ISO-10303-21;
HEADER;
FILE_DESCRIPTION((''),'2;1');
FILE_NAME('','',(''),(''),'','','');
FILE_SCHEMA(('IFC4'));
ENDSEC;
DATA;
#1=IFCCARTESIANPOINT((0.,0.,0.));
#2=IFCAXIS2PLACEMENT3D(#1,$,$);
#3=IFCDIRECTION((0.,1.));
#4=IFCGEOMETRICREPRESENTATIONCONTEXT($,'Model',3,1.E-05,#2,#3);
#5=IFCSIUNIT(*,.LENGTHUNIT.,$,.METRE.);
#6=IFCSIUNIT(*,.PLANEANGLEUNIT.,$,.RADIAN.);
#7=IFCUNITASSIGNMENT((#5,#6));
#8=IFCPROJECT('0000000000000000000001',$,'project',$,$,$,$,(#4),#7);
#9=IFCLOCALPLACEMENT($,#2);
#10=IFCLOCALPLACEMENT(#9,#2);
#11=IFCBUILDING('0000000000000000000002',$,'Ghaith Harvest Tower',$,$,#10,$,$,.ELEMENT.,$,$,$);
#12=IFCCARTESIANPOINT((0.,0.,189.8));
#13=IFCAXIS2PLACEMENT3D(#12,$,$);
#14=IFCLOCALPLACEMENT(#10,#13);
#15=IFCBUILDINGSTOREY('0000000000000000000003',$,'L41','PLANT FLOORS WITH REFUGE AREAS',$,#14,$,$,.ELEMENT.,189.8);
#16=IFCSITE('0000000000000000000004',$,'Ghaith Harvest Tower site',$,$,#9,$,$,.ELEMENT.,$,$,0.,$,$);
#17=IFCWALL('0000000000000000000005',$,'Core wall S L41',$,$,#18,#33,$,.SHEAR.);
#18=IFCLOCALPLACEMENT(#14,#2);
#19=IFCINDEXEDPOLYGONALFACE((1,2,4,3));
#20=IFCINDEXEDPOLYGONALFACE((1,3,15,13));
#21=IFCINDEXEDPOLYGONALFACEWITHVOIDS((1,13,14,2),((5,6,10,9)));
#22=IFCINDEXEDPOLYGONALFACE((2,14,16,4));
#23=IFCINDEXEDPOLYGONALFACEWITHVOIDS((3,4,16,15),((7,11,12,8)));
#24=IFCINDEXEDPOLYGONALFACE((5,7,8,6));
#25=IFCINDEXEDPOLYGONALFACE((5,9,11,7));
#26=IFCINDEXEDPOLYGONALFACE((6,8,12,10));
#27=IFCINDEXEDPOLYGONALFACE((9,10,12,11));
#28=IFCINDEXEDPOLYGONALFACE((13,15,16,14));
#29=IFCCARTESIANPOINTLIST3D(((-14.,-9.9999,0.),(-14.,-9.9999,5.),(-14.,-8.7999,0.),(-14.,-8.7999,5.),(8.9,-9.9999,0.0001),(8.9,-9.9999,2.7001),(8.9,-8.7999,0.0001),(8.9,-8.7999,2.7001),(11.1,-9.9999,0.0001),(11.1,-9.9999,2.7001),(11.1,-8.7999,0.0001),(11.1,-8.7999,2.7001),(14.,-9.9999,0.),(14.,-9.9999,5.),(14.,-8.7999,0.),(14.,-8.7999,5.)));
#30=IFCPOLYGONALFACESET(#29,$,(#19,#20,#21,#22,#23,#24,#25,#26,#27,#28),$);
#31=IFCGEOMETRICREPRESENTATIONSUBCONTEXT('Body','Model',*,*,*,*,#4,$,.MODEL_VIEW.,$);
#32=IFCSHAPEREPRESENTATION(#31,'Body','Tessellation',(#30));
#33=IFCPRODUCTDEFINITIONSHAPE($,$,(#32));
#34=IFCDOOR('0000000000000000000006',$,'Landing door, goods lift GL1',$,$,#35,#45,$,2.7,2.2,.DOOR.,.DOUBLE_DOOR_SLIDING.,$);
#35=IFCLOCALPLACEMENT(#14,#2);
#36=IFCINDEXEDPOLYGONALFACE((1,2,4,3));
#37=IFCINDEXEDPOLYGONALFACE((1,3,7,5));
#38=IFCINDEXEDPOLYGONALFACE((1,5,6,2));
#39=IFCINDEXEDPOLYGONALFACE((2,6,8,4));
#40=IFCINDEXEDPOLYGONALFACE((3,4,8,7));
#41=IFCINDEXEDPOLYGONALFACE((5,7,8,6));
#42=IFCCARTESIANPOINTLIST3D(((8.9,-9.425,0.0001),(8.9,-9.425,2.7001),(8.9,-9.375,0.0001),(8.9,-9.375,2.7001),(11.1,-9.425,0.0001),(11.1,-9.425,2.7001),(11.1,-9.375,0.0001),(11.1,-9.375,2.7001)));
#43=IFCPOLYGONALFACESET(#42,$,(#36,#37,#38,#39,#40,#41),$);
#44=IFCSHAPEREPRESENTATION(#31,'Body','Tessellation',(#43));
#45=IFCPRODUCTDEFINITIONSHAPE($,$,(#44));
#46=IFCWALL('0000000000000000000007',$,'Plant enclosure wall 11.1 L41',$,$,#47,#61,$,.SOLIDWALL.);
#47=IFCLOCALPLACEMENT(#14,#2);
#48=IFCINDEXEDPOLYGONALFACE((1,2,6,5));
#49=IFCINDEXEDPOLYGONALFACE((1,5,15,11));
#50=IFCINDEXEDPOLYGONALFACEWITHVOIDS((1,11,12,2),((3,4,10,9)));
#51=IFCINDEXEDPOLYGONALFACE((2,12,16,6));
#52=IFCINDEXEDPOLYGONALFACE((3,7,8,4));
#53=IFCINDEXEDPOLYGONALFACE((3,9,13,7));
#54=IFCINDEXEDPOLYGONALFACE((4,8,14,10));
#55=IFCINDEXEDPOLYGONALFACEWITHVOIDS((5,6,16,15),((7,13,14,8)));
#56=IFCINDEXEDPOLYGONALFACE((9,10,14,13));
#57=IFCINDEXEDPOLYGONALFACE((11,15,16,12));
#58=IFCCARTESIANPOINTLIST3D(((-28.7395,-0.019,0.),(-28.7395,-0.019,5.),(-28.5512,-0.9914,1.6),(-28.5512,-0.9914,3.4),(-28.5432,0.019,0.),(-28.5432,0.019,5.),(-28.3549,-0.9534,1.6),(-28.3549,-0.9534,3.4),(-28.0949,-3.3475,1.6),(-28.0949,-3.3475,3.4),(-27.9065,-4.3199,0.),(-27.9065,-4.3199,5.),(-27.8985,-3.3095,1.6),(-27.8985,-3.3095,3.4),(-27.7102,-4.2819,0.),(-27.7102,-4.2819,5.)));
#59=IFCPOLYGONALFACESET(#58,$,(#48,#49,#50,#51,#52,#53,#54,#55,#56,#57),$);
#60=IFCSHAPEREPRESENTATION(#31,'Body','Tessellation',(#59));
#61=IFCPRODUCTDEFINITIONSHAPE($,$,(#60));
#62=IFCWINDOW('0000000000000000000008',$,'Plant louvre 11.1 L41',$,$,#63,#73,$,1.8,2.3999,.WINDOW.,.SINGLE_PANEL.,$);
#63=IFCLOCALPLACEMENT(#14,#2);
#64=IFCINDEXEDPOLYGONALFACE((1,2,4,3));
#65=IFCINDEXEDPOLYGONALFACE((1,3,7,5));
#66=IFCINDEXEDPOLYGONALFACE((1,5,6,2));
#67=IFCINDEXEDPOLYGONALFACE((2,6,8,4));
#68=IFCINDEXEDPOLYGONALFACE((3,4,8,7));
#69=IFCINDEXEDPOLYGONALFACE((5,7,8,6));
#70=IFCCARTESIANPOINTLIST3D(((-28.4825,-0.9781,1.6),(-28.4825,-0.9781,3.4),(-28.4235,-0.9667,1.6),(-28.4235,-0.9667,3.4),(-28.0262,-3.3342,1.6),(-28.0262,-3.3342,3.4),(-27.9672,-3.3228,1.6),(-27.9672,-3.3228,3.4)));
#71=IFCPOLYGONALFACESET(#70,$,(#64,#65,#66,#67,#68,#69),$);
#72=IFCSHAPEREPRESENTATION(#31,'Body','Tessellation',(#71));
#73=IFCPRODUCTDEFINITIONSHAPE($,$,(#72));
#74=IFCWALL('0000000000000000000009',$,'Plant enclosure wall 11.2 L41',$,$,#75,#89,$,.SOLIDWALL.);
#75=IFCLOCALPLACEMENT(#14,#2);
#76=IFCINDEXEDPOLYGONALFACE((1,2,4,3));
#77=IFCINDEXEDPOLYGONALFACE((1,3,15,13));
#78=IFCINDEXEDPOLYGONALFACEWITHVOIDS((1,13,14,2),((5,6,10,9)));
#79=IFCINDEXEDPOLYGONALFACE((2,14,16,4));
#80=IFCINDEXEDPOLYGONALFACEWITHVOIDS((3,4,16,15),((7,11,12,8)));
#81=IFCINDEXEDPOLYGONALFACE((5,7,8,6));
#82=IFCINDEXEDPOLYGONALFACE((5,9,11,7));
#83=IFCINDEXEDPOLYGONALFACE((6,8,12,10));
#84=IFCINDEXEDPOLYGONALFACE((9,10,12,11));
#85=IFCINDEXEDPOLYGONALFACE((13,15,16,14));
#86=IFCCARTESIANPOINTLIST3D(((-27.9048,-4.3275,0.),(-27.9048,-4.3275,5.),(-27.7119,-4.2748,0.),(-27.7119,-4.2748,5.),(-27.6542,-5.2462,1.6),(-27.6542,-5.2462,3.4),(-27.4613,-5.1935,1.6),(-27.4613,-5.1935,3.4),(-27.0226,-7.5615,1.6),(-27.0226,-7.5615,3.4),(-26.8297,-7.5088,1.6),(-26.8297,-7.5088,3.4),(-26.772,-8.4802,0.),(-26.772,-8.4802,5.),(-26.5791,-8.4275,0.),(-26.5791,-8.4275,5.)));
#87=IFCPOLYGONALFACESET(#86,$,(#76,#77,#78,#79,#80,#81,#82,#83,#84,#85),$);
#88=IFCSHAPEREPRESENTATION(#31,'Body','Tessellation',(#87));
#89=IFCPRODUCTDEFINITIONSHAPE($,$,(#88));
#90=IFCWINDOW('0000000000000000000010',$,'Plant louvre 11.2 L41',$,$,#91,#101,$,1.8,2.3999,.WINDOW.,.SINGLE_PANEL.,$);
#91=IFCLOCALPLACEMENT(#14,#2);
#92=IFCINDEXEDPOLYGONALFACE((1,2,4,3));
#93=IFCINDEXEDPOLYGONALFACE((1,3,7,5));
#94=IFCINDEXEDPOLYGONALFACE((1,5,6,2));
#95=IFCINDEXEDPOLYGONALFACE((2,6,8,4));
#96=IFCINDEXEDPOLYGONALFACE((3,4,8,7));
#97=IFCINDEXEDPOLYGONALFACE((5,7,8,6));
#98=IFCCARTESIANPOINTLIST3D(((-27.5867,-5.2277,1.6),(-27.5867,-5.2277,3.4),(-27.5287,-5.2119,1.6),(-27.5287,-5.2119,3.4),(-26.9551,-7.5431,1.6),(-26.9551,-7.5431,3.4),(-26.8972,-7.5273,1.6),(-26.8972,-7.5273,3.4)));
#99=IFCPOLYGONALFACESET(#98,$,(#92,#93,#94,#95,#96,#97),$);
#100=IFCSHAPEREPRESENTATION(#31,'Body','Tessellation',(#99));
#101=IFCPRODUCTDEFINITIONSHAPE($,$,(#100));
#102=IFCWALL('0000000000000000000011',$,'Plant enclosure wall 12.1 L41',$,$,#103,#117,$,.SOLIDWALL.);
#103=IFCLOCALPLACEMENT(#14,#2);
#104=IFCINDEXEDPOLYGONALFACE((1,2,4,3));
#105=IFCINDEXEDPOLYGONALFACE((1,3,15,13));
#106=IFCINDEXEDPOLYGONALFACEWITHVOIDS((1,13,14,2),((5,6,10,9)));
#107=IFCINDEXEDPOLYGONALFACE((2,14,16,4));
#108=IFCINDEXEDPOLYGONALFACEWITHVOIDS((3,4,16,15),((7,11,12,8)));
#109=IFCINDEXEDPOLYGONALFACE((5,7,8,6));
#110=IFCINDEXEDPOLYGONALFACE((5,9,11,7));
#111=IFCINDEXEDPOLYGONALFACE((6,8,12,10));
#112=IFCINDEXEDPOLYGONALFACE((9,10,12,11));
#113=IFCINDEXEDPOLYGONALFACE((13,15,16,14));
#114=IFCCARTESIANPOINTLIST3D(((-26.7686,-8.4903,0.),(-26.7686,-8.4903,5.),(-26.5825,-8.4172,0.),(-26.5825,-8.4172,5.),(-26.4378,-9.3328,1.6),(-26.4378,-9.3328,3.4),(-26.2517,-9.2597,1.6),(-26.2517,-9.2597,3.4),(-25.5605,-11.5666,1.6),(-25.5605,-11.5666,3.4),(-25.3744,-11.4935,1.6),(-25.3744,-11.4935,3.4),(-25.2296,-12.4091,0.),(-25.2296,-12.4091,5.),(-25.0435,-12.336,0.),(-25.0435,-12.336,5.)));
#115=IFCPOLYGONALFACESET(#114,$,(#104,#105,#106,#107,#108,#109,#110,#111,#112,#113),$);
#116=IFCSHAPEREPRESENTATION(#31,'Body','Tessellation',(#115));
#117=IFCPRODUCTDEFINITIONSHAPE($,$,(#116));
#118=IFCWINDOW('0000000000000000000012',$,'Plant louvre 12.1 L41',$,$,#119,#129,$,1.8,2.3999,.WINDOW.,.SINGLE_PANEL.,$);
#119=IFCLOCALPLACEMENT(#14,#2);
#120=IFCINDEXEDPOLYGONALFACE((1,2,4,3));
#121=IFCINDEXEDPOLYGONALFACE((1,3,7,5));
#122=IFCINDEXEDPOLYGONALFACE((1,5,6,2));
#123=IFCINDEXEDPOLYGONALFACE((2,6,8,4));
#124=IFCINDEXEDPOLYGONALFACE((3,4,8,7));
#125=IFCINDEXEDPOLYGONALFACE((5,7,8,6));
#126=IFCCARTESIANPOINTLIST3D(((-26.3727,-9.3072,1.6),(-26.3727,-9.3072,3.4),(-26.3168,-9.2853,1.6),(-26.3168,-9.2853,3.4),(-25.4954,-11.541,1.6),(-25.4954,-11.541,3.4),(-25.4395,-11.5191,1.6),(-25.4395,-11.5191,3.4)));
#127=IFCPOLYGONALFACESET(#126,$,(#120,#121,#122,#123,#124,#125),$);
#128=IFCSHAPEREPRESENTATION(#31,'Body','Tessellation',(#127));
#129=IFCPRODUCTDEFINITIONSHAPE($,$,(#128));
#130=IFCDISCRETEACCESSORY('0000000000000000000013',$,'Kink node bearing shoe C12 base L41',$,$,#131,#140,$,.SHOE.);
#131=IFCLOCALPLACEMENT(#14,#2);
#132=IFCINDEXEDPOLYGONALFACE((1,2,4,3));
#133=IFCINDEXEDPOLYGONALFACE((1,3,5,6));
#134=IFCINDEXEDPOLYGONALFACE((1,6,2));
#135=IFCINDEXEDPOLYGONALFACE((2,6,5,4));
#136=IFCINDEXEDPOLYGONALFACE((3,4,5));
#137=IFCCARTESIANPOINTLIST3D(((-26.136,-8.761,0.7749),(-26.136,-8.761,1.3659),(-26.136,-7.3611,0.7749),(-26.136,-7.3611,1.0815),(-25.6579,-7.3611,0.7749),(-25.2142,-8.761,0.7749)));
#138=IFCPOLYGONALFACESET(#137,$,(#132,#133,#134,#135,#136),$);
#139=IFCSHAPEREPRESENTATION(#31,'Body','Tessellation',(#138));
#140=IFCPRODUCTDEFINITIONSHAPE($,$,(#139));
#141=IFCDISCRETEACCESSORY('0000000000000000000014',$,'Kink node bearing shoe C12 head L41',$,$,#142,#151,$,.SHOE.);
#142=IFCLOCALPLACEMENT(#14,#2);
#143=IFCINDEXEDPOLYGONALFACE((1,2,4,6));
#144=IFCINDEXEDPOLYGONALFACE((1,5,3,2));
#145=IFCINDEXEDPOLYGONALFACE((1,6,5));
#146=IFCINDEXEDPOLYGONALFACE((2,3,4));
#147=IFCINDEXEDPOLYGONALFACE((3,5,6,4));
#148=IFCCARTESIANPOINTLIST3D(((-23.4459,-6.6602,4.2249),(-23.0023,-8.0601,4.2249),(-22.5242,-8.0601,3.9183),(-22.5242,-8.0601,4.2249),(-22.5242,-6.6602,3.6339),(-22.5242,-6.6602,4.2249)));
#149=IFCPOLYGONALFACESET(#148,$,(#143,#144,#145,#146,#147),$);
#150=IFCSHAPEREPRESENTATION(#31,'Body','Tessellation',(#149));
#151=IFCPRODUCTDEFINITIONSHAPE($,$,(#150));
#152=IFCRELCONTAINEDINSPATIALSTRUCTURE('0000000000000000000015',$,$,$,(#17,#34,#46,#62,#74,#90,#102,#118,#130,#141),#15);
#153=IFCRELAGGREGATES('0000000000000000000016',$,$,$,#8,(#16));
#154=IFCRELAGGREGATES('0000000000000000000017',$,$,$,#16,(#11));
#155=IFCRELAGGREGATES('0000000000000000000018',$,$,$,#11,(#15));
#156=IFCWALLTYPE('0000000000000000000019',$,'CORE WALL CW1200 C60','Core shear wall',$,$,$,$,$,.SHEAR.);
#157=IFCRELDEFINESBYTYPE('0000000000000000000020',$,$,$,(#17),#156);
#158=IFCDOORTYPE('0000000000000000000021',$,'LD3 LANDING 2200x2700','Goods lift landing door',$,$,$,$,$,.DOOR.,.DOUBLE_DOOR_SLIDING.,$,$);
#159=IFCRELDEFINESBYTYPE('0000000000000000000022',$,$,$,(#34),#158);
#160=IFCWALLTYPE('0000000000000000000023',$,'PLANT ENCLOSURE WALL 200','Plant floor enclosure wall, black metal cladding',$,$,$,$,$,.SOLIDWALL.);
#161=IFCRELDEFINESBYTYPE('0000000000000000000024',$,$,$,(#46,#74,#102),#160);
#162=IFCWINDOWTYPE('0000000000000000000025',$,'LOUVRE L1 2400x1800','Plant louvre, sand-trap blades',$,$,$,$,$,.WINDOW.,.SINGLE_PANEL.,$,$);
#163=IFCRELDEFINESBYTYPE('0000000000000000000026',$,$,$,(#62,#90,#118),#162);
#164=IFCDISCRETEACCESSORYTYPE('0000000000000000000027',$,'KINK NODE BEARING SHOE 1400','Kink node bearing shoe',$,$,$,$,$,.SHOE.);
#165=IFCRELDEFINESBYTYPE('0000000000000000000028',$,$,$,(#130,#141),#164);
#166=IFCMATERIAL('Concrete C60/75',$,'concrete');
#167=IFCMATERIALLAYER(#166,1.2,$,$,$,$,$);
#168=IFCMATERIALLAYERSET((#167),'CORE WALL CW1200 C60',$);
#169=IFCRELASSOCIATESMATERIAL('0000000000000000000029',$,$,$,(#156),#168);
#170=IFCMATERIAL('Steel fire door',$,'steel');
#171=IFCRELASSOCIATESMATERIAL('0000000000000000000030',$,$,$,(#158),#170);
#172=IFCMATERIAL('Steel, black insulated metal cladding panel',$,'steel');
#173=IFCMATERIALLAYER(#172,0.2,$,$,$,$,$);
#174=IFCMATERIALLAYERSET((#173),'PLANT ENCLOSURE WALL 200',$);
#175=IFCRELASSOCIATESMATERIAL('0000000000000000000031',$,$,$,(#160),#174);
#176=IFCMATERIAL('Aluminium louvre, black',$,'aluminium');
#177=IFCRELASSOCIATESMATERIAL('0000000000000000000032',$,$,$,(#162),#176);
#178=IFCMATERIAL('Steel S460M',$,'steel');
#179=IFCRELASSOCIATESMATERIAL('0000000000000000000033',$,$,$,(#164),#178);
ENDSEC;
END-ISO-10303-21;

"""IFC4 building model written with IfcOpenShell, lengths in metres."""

from ifc_helpers import new_model, si_unit, direction, frame, frame_2d, origin, origin_2d, place, context, subcontext, project, spatial, rectangle, extrude, clip, halfspace, material, layer, layer_set, material_profile, profile_set, type_object, element, fill, save


model = new_model("IFC4")

# Units and contexts
model_context = context("Model", 3, precision=1e-05, world=origin(), true_north=direction((0.0, 1.0)))
body_context = subcontext(model_context, "Body", "Model", "MODEL_VIEW")
ifc_project = project(units=[si_unit("LENGTHUNIT", "METRE"), si_unit("PLANEANGLEUNIT", "RADIAN")], contexts=[model_context])

# Site, building, storey
site_placement = place(None, origin())
site = spatial("IfcSite", under=ifc_project, at=site_placement, Name="Ghaith Harvest Tower site", CompositionType="ELEMENT", RefElevation=0.0)
building_placement = place(site_placement, origin())
building = spatial("IfcBuilding", under=site, at=building_placement, Name="Ghaith Harvest Tower", CompositionType="ELEMENT")
storey_placement = place(building_placement, frame((0.0, 0.0, 189.8)))
storey = spatial("IfcBuildingStorey", under=building, at=storey_placement, Name="L41", Description="PLANT FLOORS WITH REFUGE AREAS", CompositionType="ELEMENT", Elevation=189.8)

# Wall, opening, door
ifc_material_1 = material(Name="Concrete C60/75", Category="concrete")
ifc_layer_1 = layer(ifc_material_1, 1.2)
ifc_layer_set_1 = layer_set([ifc_layer_1], Name="CORE WALL CW1200 C60")
wall_type_1 = type_object("IfcWallType", Name="CORE WALL CW1200 C60", Description="Core shear wall", PredefinedType="SHEAR", material=ifc_layer_set_1)
wall_1_placement = place(storey_placement, frame((-14.0, -9.3999, 0.0), z_axis=(0.0, 0.0, 1.0), x_axis=(1.0, 0.0, 0.0)))
wall_1 = element("IfcWall", 1, at=wall_1_placement, inside=storey, type_object=wall_type_1, Name="Core wall S L41", PredefinedType="SHEAR", context=body_context, shape_type="SweptSolid", body=[
    extrude(rectangle(XDim=28.0, YDim=1.2, at=frame_2d((14.0, 0.0))), origin(), (0.0, 0.0, 1.0), 5.0),
])
opening_1_placement = place(wall_1_placement, frame((22.8999, 0.0, 0.0)))
opening_1 = element("IfcOpeningElement", 2, at=opening_1_placement, cuts=wall_1, PredefinedType="OPENING", context=body_context, shape_type="SweptSolid", body=[
    extrude(rectangle(XDim=2.2, YDim=2.7, at=frame_2d((1.1001, 1.3501))), frame((0.0, 0.6099, 0.0), z_axis=(0.0, -1.0, 0.0), x_axis=(1.0, 0.0, 0.0)), (0.0, 0.0, 1.0), 1.22),
])
ifc_material_2 = material(Name="Steel fire door", Category="steel")
door_type = type_object("IfcDoorType", Name="LD3 LANDING 2200x2700", Description="Goods lift landing door", OperationType="DOUBLE_DOOR_SLIDING", PredefinedType="DOOR", material=ifc_material_2)
door_placement = place(opening_1_placement, origin())
door = element("IfcDoor", 3, at=door_placement, inside=storey, type_object=door_type, Name="Landing door, goods lift GL1", OperationType="DOUBLE_DOOR_SLIDING", OverallHeight=2.7, OverallWidth=2.2, PredefinedType="DOOR", context=body_context, shape_type="SweptSolid", body=[
    extrude(rectangle(XDim=2.2, YDim=2.7, at=frame_2d((1.1001, 1.3501))), frame((0.0, 0.0249, 0.0), z_axis=(0.0, -1.0, 0.0), x_axis=(1.0, 0.0, 0.0)), (0.0, 0.0, 1.0), 0.05),
])
fill(opening_1, door)

# Walls, openings, windows
ifc_material_3 = material(Name="Steel, black insulated metal cladding panel", Category="steel")
ifc_layer_2 = layer(ifc_material_3, 0.2)
ifc_layer_set_2 = layer_set([ifc_layer_2], Name="PLANT ENCLOSURE WALL 200")
wall_type_2 = type_object("IfcWallType", Name="PLANT ENCLOSURE WALL 200", Description="Plant floor enclosure wall, black metal cladding", PredefinedType="SOLIDWALL", material=ifc_layer_set_2)
wall_2_placement = place(storey_placement, frame((-28.6414, 0.0, 0.0), z_axis=(0.0, 0.0, 1.0), x_axis=(0.190143, -0.981756, 0.0)))
wall_2 = element("IfcWall", 4, at=wall_2_placement, inside=storey, type_object=wall_type_2, Name="Plant enclosure wall 11.1 L41", PredefinedType="SOLIDWALL", context=body_context, shape_type="SweptSolid", body=[
    extrude(rectangle(XDim=4.3809, YDim=0.2, at=frame_2d((2.1904, 0.0))), origin(), (0.0, 0.0, 1.0), 5.0),
])
opening_2_placement = place(wall_2_placement, frame((0.9905, 0.0, 1.6001)))
opening_2 = element("IfcOpeningElement", 5, at=opening_2_placement, cuts=wall_2, PredefinedType="OPENING", context=body_context, shape_type="SweptSolid", body=[
    extrude(rectangle(XDim=2.3999, YDim=1.8, at=frame_2d((1.2, 0.8999))), frame((0.0, 0.1099, 0.0), z_axis=(0.0, -1.0, 0.0), x_axis=(1.0, 0.0, 0.0)), (0.0, 0.0, 1.0), 0.22),
])
ifc_material_4 = material(Name="Aluminium louvre, black", Category="aluminium")
window_type = type_object("IfcWindowType", Name="LOUVRE L1 2400x1800", Description="Plant louvre, sand-trap blades", PartitioningType="SINGLE_PANEL", PredefinedType="WINDOW", material=ifc_material_4)
window_1_placement = place(opening_2_placement, origin())
window_1 = element("IfcWindow", 6, at=window_1_placement, inside=storey, type_object=window_type, Name="Plant louvre 11.1 L41", OverallHeight=1.8, OverallWidth=2.3999, PartitioningType="SINGLE_PANEL", PredefinedType="WINDOW", context=body_context, shape_type="SweptSolid", body=[
    extrude(rectangle(XDim=2.3999, YDim=1.8, at=frame_2d((1.2, 0.8999))), frame((0.0, 0.03, 0.0), z_axis=(0.0, -1.0, 0.0), x_axis=(1.0, 0.0, 0.0)), (0.0, 0.0, 1.0), 0.0601),
])
fill(opening_2, window_1)
wall_3_placement = place(storey_placement, frame((-27.8083, -4.301, 0.0), z_axis=(0.0, 0.0, 1.0), x_axis=(0.263165, -0.964751, 0.0)))
wall_3 = element("IfcWall", 7, at=wall_3_placement, inside=storey, type_object=wall_type_2, Name="Plant enclosure wall 11.2 L41", PredefinedType="SOLIDWALL", context=body_context, shape_type="SweptSolid", body=[
    extrude(rectangle(XDim=4.3044, YDim=0.2, at=frame_2d((2.1523, 0.0))), origin(), (0.0, 0.0, 1.0), 5.0),
])
opening_3_placement = place(wall_3_placement, frame((0.9524, 0.0, 1.6001)))
opening_3 = element("IfcOpeningElement", 8, at=opening_3_placement, cuts=wall_3, PredefinedType="OPENING", context=body_context, shape_type="SweptSolid", body=[
    extrude(rectangle(XDim=2.3999, YDim=1.8, at=frame_2d((1.2, 0.8999))), frame((0.0, 0.1099, 0.0), z_axis=(0.0, -1.0, 0.0), x_axis=(1.0, 0.0, 0.0)), (0.0, 0.0, 1.0), 0.22),
])
window_2_placement = place(opening_3_placement, origin())
window_2 = element("IfcWindow", 9, at=window_2_placement, inside=storey, type_object=window_type, Name="Plant louvre 11.2 L41", OverallHeight=1.8, OverallWidth=2.3999, PartitioningType="SINGLE_PANEL", PredefinedType="WINDOW", context=body_context, shape_type="SweptSolid", body=[
    extrude(rectangle(XDim=2.3999, YDim=1.8, at=frame_2d((1.2, 0.8999))), frame((0.0, 0.03, 0.0), z_axis=(0.0, -1.0, 0.0), x_axis=(1.0, 0.0, 0.0)), (0.0, 0.0, 1.0), 0.0601),
])
fill(opening_3, window_2)
wall_4_placement = place(storey_placement, frame((-26.6755, -8.4539, 0.0), z_axis=(0.0, 0.0, 1.0), x_axis=(0.365545, -0.930794, 0.0)))
wall_4 = element("IfcWall", 10, at=wall_4_placement, inside=storey, type_object=wall_type_2, Name="Plant enclosure wall 12.1 L41", PredefinedType="SOLIDWALL", context=body_context, shape_type="SweptSolid", body=[
    extrude(rectangle(XDim=4.2102, YDim=0.2, at=frame_2d((2.105, 0.0))), origin(), (0.0, 0.0, 1.0), 5.0),
])
opening_4_placement = place(wall_4_placement, frame((0.905, 0.0, 1.6001)))
opening_4 = element("IfcOpeningElement", 11, at=opening_4_placement, cuts=wall_4, PredefinedType="OPENING", context=body_context, shape_type="SweptSolid", body=[
    extrude(rectangle(XDim=2.3999, YDim=1.8, at=frame_2d((1.2, 0.8999))), frame((0.0, 0.1099, 0.0), z_axis=(0.0, -1.0, 0.0), x_axis=(1.0, 0.0, 0.0)), (0.0, 0.0, 1.0), 0.22),
])
window_3_placement = place(opening_4_placement, origin())
window_3 = element("IfcWindow", 12, at=window_3_placement, inside=storey, type_object=window_type, Name="Plant louvre 12.1 L41", OverallHeight=1.8, OverallWidth=2.3999, PartitioningType="SINGLE_PANEL", PredefinedType="WINDOW", context=body_context, shape_type="SweptSolid", body=[
    extrude(rectangle(XDim=2.3999, YDim=1.8, at=frame_2d((1.2, 0.8999))), frame((0.0, 0.03, 0.0), z_axis=(0.0, -1.0, 0.0), x_axis=(1.0, 0.0, 0.0)), (0.0, 0.0, 1.0), 0.0601),
])
fill(opening_4, window_3)

# Discrete accessories
ifc_material_5 = material(Name="Steel S460M", Category="steel")
ifc_material_profile_1 = material_profile(ifc_material_5, rectangle(XDim=1.3999, YDim=1.3999, at=origin_2d()), Name="KINK NODE BEARING SHOE 1400")
ifc_profile_set_1 = profile_set([ifc_material_profile_1], Name="Steel S460M")
discrete_accessory_type = type_object("IfcDiscreteAccessoryType", Name="KINK NODE BEARING SHOE 1400", Description="Kink node bearing shoe", PredefinedType="SHOE", material=ifc_profile_set_1)
discrete_accessory_1_placement = place(storey_placement, frame((-25.436, -8.061, 0.7749), z_axis=(0.0, 0.0, 1.0), x_axis=(1.0, 0.0, 0.0)))
element("IfcDiscreteAccessory", 13, at=discrete_accessory_1_placement, inside=storey, type_object=discrete_accessory_type, Name="Kink node bearing shoe C12 base L41", PredefinedType="SHOE", context=body_context, shape_type="Clipping", body=[
    clip(extrude(rectangle(XDim=1.3999, YDim=1.3999, at=origin_2d()), origin(), (0.0, 0.0, 1.0), 0.6011), halfspace(frame((0.0, 0.0, 0.0), z_axis=(0.532019, 0.168601, 0.829777), x_axis=(1.0, 0.0, 0.0)), False)),
])
discrete_accessory_2_placement = place(storey_placement, frame((-23.2241, -7.3601, 3.624), z_axis=(0.0, 0.0, 1.0), x_axis=(1.0, 0.0, 0.0)))
element("IfcDiscreteAccessory", 14, at=discrete_accessory_2_placement, inside=storey, type_object=discrete_accessory_type, Name="Kink node bearing shoe C12 head L41", PredefinedType="SHOE", context=body_context, shape_type="Clipping", body=[
    clip(extrude(rectangle(XDim=1.3999, YDim=1.3999, at=origin_2d()), origin(), (0.0, 0.0, 1.0), 0.6008), halfspace(frame((0.0, 0.0, 0.6008), z_axis=(-0.532019, -0.168601, -0.829777), x_axis=(1.0, 0.0, 0.0)), False)),
])

save(model, "model.ifc")
